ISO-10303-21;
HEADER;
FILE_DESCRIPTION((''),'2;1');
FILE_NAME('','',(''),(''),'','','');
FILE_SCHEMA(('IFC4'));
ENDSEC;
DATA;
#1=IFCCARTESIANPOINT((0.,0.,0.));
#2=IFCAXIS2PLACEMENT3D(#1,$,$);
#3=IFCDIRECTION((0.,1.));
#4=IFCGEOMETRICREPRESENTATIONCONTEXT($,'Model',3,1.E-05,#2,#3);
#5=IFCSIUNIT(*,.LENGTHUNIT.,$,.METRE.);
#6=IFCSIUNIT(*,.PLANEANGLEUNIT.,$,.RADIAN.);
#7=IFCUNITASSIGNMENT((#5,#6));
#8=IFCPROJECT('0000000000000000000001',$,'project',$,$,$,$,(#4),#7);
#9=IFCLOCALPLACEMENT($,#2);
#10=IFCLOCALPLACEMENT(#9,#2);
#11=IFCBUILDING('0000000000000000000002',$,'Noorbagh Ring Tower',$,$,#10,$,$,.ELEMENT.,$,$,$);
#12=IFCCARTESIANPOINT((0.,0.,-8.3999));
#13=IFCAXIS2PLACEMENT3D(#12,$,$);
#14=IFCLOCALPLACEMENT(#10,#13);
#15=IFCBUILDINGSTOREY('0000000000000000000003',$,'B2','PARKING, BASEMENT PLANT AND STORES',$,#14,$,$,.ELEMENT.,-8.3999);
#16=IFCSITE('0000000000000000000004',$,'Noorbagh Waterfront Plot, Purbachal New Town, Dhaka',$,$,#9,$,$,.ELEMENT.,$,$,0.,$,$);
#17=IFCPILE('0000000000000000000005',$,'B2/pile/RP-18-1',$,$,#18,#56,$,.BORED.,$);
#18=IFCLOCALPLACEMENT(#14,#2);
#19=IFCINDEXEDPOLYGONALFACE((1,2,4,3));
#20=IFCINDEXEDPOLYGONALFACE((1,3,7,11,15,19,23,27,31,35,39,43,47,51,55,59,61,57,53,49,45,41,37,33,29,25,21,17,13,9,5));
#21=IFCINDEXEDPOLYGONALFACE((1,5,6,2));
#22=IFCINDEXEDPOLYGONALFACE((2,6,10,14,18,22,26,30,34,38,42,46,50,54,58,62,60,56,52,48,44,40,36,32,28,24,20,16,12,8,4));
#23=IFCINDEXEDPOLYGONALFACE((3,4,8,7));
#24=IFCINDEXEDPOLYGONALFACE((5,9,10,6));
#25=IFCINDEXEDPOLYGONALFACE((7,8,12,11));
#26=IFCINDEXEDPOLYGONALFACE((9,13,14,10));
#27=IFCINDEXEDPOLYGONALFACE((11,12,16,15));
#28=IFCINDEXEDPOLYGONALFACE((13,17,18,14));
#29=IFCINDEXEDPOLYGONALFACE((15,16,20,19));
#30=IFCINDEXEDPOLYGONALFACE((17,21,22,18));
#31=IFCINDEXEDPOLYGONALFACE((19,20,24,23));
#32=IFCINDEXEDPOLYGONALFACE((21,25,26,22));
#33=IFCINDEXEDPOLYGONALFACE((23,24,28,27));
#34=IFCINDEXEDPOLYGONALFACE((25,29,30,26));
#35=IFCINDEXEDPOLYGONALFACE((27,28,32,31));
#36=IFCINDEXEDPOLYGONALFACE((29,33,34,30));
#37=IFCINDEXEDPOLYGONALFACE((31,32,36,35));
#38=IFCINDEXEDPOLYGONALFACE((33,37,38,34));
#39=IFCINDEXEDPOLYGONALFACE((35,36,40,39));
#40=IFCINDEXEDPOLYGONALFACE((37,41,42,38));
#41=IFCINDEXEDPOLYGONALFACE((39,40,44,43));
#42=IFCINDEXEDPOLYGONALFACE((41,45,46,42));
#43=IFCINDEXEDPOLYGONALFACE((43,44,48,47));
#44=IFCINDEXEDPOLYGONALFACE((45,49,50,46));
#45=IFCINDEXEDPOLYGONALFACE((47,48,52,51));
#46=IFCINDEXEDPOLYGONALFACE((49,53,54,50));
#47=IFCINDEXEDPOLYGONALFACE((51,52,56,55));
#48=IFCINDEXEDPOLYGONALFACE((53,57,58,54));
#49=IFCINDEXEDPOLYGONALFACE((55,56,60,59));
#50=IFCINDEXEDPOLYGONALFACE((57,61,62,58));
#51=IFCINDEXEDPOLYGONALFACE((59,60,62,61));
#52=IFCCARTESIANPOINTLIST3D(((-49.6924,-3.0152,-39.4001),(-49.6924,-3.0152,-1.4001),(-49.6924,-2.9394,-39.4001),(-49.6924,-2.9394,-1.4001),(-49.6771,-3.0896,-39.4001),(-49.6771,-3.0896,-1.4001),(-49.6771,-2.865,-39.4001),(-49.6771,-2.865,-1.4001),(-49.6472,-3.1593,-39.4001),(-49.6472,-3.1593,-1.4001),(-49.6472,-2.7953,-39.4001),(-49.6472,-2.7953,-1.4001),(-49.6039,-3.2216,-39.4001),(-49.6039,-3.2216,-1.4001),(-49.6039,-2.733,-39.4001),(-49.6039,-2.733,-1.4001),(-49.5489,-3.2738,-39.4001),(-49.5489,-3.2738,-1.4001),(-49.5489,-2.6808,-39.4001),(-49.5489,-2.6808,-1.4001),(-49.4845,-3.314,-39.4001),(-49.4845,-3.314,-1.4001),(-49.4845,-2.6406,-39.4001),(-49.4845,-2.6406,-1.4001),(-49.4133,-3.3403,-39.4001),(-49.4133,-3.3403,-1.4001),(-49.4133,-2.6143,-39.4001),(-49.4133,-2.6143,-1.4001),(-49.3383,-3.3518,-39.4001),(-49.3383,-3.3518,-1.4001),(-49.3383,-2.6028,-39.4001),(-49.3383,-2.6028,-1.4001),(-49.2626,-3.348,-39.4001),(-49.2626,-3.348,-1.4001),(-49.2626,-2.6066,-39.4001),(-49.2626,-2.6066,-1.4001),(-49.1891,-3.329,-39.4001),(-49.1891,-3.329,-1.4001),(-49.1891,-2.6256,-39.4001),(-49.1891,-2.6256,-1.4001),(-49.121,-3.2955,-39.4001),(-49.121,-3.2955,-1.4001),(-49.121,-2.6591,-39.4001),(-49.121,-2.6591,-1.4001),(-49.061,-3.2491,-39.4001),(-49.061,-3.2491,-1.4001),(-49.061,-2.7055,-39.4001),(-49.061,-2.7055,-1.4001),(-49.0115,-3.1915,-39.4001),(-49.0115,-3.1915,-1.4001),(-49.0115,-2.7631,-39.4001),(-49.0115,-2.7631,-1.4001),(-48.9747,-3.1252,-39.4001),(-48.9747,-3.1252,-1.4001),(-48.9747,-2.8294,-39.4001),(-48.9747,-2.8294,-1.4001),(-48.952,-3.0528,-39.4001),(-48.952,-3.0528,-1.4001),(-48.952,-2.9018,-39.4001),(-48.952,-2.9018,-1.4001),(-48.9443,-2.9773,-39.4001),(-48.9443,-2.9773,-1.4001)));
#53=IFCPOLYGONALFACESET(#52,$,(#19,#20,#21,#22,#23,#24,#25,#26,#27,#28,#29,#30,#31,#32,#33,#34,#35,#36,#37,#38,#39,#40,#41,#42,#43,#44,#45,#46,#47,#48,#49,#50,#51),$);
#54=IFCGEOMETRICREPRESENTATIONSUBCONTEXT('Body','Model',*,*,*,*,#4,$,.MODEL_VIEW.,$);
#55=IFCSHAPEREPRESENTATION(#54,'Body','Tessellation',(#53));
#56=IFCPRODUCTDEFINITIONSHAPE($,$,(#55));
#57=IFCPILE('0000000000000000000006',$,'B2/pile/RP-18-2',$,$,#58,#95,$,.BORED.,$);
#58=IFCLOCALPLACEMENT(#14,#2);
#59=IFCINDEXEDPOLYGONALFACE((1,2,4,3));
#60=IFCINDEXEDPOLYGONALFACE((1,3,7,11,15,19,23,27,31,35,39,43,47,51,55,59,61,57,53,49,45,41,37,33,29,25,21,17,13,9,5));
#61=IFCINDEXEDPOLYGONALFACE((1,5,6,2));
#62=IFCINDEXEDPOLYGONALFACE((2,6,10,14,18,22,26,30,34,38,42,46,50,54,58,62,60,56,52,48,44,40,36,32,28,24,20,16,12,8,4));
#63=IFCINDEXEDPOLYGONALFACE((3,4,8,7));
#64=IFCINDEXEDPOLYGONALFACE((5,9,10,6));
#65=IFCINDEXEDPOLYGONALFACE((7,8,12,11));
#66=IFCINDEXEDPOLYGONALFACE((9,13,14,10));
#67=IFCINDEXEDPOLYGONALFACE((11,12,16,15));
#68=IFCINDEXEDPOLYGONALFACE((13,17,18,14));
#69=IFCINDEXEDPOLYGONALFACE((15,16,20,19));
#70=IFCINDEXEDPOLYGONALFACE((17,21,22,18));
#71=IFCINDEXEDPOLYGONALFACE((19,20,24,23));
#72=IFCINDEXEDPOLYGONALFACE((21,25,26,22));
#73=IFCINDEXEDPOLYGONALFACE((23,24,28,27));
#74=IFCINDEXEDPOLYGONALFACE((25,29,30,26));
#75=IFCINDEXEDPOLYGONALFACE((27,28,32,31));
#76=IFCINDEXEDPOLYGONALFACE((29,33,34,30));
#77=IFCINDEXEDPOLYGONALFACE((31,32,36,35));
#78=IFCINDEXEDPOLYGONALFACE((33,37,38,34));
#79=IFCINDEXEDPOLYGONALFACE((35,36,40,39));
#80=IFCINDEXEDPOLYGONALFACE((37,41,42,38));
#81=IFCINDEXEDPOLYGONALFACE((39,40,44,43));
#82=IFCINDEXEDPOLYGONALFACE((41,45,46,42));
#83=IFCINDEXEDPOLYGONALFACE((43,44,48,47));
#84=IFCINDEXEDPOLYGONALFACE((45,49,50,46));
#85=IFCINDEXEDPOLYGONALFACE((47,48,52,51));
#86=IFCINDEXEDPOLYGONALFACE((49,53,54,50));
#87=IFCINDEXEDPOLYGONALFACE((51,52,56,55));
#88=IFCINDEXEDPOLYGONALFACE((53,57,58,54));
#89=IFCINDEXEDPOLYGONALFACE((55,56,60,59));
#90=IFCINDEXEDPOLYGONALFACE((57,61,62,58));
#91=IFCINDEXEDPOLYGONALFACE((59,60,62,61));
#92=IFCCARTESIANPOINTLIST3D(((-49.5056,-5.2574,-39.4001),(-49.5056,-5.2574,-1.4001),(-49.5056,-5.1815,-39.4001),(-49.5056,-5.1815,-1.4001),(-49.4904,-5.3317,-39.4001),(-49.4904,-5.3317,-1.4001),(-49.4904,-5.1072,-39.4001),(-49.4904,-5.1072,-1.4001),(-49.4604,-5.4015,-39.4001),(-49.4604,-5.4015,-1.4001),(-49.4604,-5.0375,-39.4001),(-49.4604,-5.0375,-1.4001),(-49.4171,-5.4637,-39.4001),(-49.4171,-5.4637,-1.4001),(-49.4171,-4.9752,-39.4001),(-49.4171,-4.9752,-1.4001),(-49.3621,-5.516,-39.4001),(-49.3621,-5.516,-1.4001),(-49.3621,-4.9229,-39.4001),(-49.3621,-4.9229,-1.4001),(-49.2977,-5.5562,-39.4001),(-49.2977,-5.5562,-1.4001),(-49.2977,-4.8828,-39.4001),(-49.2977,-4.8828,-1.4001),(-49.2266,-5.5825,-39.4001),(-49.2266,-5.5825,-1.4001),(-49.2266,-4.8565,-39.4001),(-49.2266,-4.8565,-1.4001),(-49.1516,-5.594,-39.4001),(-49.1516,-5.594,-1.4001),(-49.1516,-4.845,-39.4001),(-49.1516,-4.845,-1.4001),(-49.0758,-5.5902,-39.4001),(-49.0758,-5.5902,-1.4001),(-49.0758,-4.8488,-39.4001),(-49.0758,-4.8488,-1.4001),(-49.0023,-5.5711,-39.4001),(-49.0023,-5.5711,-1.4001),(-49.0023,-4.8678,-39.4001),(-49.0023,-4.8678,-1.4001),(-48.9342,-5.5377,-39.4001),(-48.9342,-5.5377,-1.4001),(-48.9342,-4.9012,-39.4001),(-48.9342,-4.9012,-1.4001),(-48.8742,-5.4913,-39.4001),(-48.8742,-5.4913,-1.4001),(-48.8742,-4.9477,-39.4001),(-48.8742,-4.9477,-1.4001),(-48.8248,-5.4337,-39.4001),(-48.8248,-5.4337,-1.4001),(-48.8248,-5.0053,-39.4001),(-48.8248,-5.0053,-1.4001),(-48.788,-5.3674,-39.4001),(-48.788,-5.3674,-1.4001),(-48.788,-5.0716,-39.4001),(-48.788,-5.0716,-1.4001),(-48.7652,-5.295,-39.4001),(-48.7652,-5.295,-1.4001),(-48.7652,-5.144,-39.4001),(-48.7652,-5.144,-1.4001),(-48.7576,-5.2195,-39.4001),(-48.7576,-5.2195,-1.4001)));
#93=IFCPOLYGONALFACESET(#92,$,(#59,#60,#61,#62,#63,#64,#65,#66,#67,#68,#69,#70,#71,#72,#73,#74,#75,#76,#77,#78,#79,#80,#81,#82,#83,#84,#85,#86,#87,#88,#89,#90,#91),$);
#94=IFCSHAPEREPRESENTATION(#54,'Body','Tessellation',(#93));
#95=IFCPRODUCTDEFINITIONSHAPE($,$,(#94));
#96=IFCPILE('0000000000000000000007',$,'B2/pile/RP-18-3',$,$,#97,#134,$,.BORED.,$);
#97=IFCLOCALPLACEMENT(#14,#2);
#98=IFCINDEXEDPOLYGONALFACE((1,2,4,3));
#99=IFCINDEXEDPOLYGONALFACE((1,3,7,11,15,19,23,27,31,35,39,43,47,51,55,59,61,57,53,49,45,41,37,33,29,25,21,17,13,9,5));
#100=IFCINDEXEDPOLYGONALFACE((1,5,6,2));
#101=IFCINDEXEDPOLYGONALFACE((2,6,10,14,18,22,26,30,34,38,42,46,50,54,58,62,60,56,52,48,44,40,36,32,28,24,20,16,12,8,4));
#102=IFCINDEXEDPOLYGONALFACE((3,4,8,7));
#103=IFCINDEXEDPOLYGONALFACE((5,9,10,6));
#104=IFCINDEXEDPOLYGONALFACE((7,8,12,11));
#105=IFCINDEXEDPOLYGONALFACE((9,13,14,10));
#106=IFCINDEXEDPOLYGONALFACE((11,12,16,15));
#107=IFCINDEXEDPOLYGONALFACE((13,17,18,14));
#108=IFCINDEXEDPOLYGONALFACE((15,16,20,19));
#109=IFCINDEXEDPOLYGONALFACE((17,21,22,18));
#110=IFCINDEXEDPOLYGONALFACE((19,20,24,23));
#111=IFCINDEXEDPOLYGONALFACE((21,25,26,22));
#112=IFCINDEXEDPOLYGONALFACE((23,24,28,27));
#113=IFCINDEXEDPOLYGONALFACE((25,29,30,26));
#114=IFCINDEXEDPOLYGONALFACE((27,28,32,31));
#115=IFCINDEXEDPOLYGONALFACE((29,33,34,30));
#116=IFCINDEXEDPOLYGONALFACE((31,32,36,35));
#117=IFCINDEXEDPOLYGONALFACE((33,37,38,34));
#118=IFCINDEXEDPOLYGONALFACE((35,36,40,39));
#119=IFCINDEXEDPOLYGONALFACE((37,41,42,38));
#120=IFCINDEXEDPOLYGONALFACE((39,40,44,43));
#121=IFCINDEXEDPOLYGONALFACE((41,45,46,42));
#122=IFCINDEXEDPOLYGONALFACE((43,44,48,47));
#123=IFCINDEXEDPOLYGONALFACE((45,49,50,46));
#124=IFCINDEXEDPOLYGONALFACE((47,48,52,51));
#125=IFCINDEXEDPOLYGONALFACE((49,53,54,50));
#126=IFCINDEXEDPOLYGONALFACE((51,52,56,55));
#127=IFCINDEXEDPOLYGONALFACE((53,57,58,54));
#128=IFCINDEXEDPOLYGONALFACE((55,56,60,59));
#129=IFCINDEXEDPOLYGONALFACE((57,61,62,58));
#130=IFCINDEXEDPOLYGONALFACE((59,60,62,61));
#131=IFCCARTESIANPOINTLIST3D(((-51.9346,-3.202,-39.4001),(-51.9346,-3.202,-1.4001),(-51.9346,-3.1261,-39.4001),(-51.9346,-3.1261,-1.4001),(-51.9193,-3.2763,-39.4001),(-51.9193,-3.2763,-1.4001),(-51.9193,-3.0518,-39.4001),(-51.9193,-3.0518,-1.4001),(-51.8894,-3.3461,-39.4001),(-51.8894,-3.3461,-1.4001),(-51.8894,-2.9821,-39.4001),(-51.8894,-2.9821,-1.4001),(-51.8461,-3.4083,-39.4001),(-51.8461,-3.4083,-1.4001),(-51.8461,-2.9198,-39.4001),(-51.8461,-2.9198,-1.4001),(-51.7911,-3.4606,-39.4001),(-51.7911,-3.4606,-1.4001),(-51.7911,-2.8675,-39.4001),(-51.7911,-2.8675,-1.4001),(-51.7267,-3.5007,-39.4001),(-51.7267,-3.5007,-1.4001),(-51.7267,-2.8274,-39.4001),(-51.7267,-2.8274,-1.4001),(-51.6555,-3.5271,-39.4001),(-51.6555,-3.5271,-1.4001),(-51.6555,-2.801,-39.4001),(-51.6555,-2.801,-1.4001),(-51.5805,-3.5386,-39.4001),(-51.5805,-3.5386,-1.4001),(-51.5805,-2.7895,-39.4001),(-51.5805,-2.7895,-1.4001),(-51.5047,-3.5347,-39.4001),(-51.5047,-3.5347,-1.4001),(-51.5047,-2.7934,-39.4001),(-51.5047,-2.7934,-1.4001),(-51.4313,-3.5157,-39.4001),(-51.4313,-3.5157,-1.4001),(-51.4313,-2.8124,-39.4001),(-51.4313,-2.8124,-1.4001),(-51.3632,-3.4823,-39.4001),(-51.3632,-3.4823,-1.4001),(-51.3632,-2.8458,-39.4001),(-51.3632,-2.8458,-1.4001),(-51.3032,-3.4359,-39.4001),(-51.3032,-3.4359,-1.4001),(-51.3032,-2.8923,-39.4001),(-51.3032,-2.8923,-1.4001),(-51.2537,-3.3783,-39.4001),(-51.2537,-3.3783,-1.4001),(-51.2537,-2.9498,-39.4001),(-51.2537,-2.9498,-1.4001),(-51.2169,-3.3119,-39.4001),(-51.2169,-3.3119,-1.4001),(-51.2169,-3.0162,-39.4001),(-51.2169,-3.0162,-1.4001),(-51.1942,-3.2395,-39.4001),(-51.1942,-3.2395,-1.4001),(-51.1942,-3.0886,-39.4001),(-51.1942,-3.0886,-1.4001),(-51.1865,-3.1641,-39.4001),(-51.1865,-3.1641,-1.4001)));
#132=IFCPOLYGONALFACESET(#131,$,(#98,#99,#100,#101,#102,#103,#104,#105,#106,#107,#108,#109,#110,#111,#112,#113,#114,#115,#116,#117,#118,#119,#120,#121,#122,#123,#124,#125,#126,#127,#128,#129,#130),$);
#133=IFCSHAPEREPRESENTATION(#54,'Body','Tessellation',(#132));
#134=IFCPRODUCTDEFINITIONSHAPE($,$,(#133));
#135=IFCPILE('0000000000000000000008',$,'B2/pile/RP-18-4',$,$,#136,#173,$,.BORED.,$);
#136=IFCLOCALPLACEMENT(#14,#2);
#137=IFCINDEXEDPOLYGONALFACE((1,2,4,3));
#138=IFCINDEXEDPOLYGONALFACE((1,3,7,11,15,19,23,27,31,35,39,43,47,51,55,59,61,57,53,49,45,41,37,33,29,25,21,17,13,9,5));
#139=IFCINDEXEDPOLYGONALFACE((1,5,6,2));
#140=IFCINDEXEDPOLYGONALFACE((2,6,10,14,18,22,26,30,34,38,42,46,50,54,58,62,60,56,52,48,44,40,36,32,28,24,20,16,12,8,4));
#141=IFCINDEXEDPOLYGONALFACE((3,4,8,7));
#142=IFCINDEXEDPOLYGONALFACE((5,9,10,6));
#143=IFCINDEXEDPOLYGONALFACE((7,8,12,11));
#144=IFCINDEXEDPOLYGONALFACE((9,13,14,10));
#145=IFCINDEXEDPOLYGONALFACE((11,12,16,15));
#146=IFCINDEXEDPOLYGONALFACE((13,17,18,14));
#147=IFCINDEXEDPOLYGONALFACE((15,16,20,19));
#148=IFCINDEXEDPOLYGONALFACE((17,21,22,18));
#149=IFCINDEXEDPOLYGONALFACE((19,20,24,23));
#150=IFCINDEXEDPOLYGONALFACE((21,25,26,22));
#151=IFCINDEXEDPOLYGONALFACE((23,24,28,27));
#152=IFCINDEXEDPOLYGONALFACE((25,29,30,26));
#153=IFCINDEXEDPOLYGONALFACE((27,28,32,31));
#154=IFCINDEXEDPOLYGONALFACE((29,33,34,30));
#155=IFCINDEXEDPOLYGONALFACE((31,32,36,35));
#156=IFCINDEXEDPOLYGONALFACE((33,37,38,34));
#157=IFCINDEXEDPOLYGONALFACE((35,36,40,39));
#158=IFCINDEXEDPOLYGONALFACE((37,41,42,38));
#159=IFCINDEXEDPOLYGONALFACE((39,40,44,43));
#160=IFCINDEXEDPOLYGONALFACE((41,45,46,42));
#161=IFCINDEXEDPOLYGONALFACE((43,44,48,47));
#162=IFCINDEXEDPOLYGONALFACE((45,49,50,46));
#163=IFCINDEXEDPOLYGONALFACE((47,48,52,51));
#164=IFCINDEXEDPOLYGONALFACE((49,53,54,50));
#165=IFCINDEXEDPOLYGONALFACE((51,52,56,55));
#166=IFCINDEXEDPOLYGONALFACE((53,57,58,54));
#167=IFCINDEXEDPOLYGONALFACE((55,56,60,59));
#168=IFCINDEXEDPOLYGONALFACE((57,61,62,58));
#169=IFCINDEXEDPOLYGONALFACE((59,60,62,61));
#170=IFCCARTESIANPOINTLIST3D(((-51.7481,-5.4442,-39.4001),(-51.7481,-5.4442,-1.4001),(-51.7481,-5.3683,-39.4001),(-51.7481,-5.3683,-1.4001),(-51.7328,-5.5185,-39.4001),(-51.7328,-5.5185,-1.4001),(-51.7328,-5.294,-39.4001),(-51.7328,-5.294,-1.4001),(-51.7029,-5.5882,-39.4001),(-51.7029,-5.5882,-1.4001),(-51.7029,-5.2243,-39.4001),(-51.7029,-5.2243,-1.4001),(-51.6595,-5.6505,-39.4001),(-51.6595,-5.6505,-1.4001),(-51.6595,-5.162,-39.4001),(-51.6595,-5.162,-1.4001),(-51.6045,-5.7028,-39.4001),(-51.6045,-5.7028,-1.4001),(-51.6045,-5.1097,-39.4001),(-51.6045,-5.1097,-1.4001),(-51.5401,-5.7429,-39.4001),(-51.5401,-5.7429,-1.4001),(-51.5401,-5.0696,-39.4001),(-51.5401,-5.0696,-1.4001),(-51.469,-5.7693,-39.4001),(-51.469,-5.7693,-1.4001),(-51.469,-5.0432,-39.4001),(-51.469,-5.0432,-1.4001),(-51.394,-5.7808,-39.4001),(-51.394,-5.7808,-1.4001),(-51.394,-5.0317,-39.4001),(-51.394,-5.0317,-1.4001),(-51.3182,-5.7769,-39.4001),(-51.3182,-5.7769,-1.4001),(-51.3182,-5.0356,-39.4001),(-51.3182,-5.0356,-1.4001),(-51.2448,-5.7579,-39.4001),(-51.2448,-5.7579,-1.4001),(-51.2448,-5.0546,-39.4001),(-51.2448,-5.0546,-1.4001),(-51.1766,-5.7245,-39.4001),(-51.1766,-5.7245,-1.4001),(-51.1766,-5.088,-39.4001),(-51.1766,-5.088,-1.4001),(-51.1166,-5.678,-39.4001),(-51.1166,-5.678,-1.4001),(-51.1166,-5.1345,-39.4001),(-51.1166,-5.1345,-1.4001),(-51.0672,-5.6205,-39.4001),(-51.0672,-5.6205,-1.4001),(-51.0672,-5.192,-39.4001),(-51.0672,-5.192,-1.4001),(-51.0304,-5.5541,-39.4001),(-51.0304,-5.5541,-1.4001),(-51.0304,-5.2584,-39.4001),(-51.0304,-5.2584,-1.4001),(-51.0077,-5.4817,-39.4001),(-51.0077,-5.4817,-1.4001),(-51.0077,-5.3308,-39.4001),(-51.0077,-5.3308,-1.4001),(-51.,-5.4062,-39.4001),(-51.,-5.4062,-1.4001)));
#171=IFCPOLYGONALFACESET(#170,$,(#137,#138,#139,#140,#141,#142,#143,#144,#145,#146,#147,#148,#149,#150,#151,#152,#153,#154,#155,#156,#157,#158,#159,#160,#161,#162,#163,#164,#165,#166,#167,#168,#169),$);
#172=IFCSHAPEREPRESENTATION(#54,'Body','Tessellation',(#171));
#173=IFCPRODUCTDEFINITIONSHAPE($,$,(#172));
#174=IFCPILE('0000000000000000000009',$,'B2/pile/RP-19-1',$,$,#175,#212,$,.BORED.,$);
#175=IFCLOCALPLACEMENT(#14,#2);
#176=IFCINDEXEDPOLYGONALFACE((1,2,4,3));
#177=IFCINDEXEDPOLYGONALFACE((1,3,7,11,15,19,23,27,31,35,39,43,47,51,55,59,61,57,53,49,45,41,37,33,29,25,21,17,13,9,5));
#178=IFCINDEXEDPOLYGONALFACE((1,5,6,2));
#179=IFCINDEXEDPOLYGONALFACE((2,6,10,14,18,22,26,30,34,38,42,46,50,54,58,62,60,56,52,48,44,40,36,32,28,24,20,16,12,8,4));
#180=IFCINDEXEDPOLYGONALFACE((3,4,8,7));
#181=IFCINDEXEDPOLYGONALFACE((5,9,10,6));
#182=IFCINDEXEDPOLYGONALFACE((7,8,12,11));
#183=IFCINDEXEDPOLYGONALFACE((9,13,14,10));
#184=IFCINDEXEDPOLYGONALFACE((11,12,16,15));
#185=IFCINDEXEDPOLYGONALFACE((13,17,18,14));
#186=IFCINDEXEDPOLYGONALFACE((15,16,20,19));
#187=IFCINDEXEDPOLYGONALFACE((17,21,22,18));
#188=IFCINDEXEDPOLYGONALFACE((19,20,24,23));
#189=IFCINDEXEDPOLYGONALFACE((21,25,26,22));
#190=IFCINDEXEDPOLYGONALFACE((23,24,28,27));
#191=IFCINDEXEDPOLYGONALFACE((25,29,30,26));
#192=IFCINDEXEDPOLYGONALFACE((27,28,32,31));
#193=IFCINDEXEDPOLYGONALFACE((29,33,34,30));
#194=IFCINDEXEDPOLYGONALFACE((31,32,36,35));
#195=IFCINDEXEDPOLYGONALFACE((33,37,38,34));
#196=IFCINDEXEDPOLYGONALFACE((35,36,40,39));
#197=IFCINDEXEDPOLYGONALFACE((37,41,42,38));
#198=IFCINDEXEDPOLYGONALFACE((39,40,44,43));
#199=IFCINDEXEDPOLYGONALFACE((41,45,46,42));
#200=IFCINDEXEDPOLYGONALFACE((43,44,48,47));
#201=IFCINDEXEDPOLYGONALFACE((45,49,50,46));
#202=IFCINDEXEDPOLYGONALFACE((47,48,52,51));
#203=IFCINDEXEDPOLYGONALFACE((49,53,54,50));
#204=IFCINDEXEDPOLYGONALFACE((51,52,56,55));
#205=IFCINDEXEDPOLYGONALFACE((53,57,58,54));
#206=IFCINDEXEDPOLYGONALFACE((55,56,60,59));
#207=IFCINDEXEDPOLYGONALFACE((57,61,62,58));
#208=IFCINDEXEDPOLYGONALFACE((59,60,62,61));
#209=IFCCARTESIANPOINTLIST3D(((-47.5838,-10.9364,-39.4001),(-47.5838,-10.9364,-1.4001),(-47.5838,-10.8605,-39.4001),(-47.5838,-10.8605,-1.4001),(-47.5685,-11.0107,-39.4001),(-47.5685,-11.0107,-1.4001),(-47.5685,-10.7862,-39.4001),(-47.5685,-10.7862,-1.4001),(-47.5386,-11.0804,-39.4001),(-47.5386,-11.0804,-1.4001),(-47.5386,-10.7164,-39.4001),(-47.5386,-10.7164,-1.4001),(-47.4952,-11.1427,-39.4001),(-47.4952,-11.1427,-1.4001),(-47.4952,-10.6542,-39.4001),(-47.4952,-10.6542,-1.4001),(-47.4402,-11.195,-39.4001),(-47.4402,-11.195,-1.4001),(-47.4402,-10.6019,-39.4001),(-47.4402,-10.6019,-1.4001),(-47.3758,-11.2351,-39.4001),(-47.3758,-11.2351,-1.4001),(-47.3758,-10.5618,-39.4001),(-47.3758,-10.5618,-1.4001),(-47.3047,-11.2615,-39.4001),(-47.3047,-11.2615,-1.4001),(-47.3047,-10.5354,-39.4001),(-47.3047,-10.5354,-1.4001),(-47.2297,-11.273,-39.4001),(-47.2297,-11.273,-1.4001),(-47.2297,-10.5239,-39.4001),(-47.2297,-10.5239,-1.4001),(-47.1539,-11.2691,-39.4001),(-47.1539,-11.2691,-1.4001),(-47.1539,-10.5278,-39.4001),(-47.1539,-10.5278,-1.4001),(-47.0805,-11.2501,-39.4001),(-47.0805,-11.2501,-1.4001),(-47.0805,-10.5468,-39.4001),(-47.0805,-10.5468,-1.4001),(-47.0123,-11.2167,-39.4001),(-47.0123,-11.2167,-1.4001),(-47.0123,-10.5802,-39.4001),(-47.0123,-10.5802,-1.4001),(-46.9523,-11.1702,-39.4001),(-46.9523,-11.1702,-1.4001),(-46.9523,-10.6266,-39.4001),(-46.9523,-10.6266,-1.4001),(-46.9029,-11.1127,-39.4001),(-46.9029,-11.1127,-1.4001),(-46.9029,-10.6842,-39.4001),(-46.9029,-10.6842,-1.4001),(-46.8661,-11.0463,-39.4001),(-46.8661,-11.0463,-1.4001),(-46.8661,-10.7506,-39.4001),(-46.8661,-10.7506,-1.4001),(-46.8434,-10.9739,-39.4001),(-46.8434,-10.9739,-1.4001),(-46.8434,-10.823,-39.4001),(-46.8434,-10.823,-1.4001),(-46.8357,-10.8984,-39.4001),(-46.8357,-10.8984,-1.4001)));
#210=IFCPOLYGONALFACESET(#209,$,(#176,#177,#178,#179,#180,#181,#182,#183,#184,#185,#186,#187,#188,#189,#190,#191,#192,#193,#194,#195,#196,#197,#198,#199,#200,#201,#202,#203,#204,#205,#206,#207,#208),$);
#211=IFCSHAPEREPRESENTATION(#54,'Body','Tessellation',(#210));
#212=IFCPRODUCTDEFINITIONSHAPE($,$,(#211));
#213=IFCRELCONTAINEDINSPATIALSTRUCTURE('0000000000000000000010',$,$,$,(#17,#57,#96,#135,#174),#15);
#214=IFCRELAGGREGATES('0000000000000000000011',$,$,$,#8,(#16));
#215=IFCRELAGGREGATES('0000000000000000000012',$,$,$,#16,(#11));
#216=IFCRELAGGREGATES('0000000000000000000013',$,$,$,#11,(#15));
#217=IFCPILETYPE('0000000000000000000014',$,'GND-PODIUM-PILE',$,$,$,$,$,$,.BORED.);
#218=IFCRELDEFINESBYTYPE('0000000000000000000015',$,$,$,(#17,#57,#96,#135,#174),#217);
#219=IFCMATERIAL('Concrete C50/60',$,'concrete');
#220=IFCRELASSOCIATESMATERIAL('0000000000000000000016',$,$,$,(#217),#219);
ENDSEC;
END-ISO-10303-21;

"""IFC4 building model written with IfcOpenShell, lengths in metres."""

from ifc_helpers import new_model, si_unit, direction, frame, origin, origin_2d, place, context, subcontext, project, spatial, circle, extrude, material, material_profile, profile_set, type_object, element, save


model = new_model("IFC4")

# Units and contexts
model_context = context("Model", 3, precision=1e-05, world=origin(), true_north=direction((0.0, 1.0)))
body_context = subcontext(model_context, "Body", "Model", "MODEL_VIEW")
ifc_project = project(units=[si_unit("LENGTHUNIT", "METRE"), si_unit("PLANEANGLEUNIT", "RADIAN")], contexts=[model_context])

# Site, building, storey
site_placement = place(None, origin())
site = spatial("IfcSite", under=ifc_project, at=site_placement, Name="Noorbagh Waterfront Plot, Purbachal New Town, Dhaka", CompositionType="ELEMENT", RefElevation=0.0)
building_placement = place(site_placement, origin())
building = spatial("IfcBuilding", under=site, at=building_placement, Name="Noorbagh Ring Tower", CompositionType="ELEMENT")
storey_placement = place(building_placement, frame((0.0, 0.0, -8.3999)))
storey = spatial("IfcBuildingStorey", under=building, at=storey_placement, Name="B2", Description="PARKING, BASEMENT PLANT AND STORES", CompositionType="ELEMENT", Elevation=-8.3999)

# Piles
ifc_material_1 = material(Name="Concrete C50/60", Category="concrete")
ifc_material_profile_1 = material_profile(ifc_material_1, circle(Radius=0.375, at=origin_2d()), Name="PILE750")
ifc_profile_set_1 = profile_set([ifc_material_profile_1], Name="Concrete C50/60")
pile_type = type_object("IfcPileType", Name="GND-PODIUM-PILE", PredefinedType="BORED", material=ifc_profile_set_1)
for number, where, z_axis, x_axis, name in (
    (1, (-49.3193, -2.9773, -1.4001), (0.0, 0.0, -1.0), (1.0, 0.0, 0.0), "B2/pile/RP-18-1"),
    (2, (-49.1326, -5.2195, -1.4001), (0.0, 0.0, -1.0), (1.0, 0.0, 0.0), "B2/pile/RP-18-2"),
    (3, (-51.5615, -3.1641, -1.4001), (0.0, 0.0, -1.0), (1.0, 0.0, 0.0), "B2/pile/RP-18-3"),
    (4, (-51.375, -5.4062, -1.4001), (0.0, 0.0, -1.0), (1.0, 0.0, 0.0), "B2/pile/RP-18-4"),
    (5, (-47.2107, -10.8984, -1.4001), (0.0, 0.0, -1.0), (1.0, 0.0, 0.0), "B2/pile/RP-19-1"),
):
    element("IfcPile", number, at=place(storey_placement, frame(where, z_axis=z_axis, x_axis=x_axis)), inside=storey, type_object=pile_type, Name=name, PredefinedType="BORED", context=body_context, shape_type="SweptSolid", body=[
        extrude(circle(Radius=0.375, at=origin_2d()), origin(), (0.0, 0.0, 1.0), 38.0),
    ])

save(model, "model.ifc")
